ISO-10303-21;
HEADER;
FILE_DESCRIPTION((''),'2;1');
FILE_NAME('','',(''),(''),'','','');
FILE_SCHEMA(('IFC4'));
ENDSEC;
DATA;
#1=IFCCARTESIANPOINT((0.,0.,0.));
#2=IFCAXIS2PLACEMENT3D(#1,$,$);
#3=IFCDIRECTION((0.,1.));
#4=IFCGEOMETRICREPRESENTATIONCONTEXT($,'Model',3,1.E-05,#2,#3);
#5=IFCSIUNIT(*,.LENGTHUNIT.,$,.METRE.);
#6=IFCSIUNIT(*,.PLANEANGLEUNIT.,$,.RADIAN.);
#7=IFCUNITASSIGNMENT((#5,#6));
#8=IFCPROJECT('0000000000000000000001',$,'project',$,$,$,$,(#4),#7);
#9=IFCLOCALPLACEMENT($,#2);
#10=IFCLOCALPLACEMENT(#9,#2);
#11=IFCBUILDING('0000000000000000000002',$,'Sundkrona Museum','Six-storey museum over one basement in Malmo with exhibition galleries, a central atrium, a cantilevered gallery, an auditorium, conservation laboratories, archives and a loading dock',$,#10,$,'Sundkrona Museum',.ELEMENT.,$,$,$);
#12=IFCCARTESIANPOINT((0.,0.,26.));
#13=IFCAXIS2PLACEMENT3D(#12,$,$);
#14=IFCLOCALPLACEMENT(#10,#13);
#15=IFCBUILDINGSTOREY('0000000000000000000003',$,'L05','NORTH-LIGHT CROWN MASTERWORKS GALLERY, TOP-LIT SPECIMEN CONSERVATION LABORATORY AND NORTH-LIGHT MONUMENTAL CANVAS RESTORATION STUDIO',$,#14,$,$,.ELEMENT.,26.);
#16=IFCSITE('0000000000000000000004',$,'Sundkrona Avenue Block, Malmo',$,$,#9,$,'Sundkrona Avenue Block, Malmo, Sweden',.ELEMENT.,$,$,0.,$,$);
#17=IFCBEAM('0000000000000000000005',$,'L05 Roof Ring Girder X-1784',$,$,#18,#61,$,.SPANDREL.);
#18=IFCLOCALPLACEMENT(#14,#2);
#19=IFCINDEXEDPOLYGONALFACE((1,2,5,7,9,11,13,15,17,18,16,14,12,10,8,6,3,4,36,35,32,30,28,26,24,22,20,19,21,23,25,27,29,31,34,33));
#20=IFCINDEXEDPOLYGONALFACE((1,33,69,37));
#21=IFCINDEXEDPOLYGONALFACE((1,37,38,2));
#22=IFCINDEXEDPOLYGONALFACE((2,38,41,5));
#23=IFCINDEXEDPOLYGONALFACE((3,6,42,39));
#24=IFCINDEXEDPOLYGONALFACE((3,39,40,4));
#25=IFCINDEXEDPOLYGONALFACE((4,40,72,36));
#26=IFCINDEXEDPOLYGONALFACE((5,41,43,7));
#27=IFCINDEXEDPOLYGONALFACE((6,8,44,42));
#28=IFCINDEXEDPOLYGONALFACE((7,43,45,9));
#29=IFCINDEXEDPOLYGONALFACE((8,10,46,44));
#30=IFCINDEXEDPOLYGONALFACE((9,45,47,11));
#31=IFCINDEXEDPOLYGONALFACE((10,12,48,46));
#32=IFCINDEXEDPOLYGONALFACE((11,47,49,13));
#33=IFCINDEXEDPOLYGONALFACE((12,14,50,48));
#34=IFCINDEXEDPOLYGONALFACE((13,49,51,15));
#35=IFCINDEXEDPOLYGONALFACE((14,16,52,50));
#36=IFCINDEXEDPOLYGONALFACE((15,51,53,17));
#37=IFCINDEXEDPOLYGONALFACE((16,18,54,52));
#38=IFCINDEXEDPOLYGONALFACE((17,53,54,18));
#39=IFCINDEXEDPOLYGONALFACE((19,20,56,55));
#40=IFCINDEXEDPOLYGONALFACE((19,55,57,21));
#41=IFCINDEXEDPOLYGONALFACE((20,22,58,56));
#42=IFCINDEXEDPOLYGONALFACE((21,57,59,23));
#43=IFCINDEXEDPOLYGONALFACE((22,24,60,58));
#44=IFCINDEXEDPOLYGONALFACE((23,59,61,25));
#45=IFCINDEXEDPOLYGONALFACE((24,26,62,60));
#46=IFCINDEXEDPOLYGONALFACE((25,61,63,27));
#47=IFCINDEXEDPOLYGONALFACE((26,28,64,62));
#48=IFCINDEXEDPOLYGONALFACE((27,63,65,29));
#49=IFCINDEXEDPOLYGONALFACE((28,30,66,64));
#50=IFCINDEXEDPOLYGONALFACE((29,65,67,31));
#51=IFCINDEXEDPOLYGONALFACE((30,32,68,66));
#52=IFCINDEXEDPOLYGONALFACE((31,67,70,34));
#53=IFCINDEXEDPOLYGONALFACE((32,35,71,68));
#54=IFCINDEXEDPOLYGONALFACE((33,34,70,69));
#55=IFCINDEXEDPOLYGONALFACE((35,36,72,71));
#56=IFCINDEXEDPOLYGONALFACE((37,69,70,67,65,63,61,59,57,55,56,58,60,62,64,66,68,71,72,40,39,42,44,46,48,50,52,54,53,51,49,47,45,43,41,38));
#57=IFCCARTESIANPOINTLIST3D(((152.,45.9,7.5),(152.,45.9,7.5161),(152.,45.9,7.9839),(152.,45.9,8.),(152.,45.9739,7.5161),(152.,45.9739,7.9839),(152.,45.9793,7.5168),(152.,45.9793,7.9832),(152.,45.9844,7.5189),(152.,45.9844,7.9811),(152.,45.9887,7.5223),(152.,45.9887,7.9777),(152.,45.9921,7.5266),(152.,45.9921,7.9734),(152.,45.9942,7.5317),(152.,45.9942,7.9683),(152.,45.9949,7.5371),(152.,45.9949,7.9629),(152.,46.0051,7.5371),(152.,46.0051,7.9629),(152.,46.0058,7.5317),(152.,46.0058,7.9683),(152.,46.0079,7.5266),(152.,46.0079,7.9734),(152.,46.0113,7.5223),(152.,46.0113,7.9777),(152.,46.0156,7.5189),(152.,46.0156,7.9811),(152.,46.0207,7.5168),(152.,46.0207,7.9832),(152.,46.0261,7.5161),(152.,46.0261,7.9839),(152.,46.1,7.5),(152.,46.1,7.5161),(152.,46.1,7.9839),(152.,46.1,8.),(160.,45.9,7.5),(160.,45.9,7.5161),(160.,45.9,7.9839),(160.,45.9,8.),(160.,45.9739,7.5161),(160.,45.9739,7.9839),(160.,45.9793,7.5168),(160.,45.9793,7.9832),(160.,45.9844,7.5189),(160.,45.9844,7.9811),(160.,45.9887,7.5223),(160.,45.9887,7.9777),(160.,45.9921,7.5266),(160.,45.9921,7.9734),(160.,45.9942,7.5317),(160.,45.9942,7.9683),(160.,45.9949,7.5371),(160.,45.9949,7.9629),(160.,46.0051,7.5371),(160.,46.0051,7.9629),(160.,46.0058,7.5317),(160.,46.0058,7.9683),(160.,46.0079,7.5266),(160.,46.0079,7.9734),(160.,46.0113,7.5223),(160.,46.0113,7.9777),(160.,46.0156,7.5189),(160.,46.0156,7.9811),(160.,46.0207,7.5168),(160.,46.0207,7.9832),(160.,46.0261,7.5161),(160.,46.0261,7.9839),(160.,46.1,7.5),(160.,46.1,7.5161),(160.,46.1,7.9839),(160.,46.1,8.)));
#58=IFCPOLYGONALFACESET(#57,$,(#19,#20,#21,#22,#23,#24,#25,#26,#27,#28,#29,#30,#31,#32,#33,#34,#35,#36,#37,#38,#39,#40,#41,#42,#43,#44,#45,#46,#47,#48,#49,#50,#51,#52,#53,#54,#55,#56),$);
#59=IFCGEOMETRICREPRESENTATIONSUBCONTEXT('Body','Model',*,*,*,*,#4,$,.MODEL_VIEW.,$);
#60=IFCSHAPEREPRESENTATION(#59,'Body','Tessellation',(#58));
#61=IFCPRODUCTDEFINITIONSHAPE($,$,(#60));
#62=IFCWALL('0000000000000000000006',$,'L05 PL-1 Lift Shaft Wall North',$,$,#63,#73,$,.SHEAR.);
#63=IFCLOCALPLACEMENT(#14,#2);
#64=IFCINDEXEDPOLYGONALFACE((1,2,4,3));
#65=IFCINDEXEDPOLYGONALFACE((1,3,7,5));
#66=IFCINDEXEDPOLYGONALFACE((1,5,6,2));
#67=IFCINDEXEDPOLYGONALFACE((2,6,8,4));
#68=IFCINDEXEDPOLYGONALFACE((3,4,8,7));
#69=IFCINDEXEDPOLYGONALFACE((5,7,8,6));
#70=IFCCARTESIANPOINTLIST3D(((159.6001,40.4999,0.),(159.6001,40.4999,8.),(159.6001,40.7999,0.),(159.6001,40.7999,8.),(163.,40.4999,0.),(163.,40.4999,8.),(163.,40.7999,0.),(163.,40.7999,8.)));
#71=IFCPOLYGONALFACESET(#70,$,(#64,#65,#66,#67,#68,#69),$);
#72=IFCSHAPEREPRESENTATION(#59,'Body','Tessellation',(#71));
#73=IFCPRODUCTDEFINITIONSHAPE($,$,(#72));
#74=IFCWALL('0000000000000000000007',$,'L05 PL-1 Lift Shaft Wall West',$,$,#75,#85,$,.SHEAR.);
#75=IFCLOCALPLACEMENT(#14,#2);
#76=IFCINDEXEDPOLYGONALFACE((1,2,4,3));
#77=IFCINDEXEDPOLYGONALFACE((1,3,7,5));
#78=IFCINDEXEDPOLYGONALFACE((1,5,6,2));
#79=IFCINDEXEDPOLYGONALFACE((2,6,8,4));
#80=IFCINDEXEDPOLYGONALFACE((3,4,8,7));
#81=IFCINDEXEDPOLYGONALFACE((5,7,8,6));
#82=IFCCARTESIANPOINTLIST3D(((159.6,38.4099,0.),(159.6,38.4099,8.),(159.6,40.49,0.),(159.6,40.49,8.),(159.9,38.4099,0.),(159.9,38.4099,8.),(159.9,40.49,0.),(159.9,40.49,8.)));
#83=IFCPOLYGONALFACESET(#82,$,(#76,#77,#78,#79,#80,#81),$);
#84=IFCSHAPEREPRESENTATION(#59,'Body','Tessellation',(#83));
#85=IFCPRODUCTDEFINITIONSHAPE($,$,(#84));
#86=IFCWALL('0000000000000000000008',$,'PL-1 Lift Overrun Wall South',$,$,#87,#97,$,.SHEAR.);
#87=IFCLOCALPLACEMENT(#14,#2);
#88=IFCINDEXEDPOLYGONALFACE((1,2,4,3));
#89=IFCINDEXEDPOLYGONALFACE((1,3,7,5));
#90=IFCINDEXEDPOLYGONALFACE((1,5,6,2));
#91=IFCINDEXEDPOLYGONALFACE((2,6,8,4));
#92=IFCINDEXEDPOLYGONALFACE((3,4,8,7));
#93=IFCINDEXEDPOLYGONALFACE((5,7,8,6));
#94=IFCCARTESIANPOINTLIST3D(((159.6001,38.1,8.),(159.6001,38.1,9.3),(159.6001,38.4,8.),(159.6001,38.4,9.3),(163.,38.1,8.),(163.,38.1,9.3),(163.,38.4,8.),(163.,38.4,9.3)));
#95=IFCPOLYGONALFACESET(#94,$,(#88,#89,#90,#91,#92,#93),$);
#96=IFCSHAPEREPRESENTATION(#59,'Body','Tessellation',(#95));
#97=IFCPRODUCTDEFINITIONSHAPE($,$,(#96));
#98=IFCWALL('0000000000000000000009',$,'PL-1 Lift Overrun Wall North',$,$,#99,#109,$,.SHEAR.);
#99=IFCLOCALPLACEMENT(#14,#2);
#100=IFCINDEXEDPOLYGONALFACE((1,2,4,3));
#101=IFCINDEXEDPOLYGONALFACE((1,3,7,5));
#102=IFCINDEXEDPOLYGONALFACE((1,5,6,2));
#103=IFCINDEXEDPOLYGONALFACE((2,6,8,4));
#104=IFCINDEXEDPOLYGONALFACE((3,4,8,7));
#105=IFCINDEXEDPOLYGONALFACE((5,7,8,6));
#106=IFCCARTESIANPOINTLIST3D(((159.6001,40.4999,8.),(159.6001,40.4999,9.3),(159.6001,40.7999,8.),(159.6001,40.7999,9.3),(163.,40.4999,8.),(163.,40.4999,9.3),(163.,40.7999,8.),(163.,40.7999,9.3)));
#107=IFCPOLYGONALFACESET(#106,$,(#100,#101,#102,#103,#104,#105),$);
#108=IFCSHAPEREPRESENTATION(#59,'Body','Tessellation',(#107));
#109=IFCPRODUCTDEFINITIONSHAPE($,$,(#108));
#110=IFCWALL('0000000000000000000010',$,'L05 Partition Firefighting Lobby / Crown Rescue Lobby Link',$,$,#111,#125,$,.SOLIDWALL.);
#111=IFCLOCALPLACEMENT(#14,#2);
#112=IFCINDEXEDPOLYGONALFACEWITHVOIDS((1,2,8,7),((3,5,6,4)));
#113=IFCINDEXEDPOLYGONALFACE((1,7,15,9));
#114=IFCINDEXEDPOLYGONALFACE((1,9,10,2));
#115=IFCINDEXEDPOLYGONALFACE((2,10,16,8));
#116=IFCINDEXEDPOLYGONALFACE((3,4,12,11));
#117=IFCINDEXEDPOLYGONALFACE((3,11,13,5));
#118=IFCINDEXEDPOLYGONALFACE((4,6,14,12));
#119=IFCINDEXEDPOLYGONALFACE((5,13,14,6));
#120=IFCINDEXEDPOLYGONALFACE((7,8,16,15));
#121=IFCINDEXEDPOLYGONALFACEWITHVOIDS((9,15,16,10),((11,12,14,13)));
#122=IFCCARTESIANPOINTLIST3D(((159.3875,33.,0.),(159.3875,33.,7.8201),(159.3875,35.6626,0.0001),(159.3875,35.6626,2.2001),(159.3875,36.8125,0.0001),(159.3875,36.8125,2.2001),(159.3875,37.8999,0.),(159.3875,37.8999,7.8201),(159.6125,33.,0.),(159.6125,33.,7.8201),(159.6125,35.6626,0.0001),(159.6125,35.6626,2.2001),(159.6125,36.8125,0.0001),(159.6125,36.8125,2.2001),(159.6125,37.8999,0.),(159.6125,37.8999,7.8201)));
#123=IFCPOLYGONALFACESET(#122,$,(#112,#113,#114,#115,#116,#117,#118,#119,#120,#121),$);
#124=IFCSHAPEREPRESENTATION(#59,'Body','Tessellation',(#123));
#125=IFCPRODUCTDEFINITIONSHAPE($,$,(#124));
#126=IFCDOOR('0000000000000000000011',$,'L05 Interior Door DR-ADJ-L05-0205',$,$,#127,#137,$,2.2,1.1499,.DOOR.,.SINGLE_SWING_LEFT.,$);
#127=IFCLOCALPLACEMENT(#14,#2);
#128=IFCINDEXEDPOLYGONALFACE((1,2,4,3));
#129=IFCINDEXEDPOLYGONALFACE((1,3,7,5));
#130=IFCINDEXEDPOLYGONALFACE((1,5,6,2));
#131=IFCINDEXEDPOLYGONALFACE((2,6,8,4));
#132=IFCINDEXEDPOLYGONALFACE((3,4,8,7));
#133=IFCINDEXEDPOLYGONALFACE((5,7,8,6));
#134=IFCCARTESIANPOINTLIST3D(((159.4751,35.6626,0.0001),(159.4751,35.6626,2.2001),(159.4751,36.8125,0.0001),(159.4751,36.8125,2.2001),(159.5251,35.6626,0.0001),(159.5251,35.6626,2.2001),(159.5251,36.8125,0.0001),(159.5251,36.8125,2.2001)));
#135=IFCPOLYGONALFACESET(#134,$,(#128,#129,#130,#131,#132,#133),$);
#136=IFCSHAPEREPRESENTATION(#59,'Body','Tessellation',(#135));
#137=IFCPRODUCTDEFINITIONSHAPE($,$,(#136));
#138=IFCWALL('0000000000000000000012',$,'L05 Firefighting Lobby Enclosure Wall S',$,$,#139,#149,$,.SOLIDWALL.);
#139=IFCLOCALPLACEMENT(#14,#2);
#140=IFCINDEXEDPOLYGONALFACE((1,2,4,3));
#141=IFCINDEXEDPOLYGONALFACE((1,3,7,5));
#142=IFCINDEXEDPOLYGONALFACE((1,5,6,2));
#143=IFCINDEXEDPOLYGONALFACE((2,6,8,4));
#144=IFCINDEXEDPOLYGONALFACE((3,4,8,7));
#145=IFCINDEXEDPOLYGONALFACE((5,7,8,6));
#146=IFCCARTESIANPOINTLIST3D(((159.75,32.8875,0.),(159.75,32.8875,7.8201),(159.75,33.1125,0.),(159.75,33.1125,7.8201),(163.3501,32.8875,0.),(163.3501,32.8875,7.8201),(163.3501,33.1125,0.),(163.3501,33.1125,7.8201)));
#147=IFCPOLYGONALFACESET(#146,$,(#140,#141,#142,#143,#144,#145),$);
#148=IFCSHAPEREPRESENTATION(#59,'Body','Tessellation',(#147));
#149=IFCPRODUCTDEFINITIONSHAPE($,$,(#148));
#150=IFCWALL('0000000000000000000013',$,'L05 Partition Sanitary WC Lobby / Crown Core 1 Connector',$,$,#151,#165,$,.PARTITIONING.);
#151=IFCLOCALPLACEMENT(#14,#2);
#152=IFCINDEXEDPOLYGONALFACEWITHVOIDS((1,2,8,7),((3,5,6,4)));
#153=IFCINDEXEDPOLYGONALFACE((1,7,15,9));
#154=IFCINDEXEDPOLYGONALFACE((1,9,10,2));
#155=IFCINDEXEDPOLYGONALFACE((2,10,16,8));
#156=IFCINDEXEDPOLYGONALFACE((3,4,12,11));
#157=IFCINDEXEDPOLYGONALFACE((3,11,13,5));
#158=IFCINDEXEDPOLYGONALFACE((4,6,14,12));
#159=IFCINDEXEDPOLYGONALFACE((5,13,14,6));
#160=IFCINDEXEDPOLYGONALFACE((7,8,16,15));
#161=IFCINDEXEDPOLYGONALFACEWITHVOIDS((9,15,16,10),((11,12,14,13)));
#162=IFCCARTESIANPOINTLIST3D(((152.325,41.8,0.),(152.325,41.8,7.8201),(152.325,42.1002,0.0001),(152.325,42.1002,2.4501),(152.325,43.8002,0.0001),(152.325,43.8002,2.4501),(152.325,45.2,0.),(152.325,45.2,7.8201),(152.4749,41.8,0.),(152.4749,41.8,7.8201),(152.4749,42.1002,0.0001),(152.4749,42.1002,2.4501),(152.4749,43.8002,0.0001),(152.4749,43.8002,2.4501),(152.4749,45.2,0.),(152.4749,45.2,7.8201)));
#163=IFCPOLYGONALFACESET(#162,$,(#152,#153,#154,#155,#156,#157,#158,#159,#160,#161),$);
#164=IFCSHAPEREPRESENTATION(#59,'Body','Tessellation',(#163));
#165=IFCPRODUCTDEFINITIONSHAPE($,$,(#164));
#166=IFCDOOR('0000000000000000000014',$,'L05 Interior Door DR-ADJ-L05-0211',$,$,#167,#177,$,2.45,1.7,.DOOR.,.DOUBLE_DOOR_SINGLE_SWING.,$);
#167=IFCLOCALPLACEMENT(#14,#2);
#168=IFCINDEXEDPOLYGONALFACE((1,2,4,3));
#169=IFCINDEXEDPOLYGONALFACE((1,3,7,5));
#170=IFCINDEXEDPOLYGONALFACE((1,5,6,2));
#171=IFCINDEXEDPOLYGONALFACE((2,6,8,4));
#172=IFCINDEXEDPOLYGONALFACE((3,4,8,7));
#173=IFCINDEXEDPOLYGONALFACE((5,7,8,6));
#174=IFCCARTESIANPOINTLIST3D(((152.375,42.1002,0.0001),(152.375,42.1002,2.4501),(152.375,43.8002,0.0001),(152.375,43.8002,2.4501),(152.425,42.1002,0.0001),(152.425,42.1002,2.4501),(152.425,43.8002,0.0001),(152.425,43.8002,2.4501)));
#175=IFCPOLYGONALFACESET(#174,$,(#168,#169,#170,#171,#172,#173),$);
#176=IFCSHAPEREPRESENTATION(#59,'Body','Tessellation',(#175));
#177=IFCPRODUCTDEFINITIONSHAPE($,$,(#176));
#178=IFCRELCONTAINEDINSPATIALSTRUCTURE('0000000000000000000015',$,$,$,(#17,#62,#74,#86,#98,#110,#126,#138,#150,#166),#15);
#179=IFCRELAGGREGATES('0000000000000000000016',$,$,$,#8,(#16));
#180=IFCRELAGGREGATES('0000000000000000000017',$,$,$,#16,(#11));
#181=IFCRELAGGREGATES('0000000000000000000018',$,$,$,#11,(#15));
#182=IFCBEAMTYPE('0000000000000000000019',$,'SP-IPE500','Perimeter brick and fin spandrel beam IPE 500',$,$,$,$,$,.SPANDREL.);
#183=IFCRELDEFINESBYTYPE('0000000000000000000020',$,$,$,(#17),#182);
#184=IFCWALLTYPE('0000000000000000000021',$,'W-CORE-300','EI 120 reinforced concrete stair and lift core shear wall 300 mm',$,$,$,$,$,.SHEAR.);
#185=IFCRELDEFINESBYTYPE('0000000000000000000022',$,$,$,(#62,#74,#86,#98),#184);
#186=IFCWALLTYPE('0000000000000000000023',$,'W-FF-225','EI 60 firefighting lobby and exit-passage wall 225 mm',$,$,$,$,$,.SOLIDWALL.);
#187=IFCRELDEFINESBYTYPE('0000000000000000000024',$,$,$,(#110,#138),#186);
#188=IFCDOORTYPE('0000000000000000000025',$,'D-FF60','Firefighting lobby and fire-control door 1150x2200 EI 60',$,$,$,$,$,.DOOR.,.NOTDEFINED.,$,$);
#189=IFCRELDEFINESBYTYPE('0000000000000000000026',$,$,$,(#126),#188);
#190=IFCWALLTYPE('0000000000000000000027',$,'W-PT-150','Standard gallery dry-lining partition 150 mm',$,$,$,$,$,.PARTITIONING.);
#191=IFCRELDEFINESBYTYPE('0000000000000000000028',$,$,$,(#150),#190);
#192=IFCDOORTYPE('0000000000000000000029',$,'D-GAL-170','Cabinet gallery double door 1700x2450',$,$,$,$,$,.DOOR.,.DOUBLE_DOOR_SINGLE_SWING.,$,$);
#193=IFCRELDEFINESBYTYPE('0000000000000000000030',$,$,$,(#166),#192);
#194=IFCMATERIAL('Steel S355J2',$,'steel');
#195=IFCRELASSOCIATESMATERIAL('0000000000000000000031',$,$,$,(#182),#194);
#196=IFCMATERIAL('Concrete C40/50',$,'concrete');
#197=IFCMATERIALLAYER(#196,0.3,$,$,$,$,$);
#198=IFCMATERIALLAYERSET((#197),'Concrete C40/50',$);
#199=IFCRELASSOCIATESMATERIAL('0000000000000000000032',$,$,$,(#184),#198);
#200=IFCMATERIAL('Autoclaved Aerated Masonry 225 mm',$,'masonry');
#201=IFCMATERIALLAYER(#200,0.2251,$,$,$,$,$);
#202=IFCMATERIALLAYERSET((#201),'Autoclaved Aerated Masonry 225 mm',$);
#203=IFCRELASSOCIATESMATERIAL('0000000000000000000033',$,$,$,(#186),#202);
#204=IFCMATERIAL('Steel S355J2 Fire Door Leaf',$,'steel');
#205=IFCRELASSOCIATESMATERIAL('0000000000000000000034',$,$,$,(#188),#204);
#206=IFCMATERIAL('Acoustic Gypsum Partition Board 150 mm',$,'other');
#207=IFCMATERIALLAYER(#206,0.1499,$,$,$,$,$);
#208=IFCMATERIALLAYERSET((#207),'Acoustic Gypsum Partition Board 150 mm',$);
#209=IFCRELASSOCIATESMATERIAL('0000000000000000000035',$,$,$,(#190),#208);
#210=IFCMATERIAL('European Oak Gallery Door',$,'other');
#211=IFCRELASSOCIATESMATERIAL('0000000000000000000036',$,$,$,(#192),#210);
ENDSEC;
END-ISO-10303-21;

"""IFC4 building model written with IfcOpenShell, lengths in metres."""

from ifc_helpers import new_model, si_unit, direction, frame, frame_2d, origin, origin_2d, place, context, subcontext, project, spatial, rectangle, i_section, extrude, material, layer, layer_set, material_profile, profile_set, type_object, element, fill, save


model = new_model("IFC4")

# Units and contexts
model_context = context("Model", 3, precision=1e-05, world=origin(), true_north=direction((0.0, 1.0)))
body_context = subcontext(model_context, "Body", "Model", "MODEL_VIEW")
ifc_project = project(units=[si_unit("LENGTHUNIT", "METRE"), si_unit("PLANEANGLEUNIT", "RADIAN")], contexts=[model_context])

# Site, building, storey
site_placement = place(None, origin())
site = spatial("IfcSite", under=ifc_project, at=site_placement, Name="Sundkrona Avenue Block, Malmo", LongName="Sundkrona Avenue Block, Malmo, Sweden", CompositionType="ELEMENT", RefElevation=0.0)
building_placement = place(site_placement, origin())
building = spatial("IfcBuilding", under=site, at=building_placement, Name="Sundkrona Museum", Description="Six-storey museum over one basement in Malmo with exhibition galleries, a central atrium, a cantilevered gallery, an auditorium, conservation laboratories, archives and a loading dock", LongName="Sundkrona Museum", CompositionType="ELEMENT")
storey_placement = place(building_placement, frame((0.0, 0.0, 26.0)))
storey = spatial("IfcBuildingStorey", under=building, at=storey_placement, Name="L05", Description="NORTH-LIGHT CROWN MASTERWORKS GALLERY, TOP-LIT SPECIMEN CONSERVATION LABORATORY AND NORTH-LIGHT MONUMENTAL CANVAS RESTORATION STUDIO", CompositionType="ELEMENT", Elevation=26.0)

# Beam
ifc_material_1 = material(Name="Steel S355J2", Category="steel")
ifc_material_profile = material_profile(ifc_material_1, i_section(OverallWidth=0.2, OverallDepth=0.5, WebThickness=0.0103, FlangeThickness=0.0161, FilletRadius=0.021, at=origin_2d()), Name="IPE 500")
ifc_profile_set = profile_set([ifc_material_profile], Name="Steel S355J2")
beam_type = type_object("IfcBeamType", Name="SP-IPE500", Description="Perimeter brick and fin spandrel beam IPE 500", PredefinedType="SPANDREL", material=ifc_profile_set)
beam_placement = place(storey_placement, frame((152.0, 46.0, 7.75), z_axis=(1.0, 0.0, 0.0), x_axis=(0.0, 1.0, 0.0)))
element("IfcBeam", 1, at=beam_placement, inside=storey, type_object=beam_type, Name="L05 Roof Ring Girder X-1784", PredefinedType="SPANDREL", context=body_context, shape_type="SweptSolid", body=[
    extrude(i_section(OverallWidth=0.2, OverallDepth=0.5, WebThickness=0.0103, FlangeThickness=0.0161, FilletRadius=0.021, at=origin_2d()), origin(), (0.0, 0.0, 1.0), 8.0),
])

# Shared definitions
ifc_material_2 = material(Name="Concrete C40/50", Category="concrete")
ifc_layer_1 = layer(ifc_material_2, 0.3)
ifc_layer_set_1 = layer_set([ifc_layer_1], Name="Concrete C40/50")
wall_type_1 = type_object("IfcWallType", Name="W-CORE-300", Description="EI 120 reinforced concrete stair and lift core shear wall 300 mm", PredefinedType="SHEAR", material=ifc_layer_set_1)

# Walls
wall_1_placement = place(storey_placement, frame((159.6001, 40.6499, 0.0), z_axis=(0.0, 0.0, 1.0), x_axis=(1.0, 0.0, 0.0)))
element("IfcWall", 2, at=wall_1_placement, inside=storey, type_object=wall_type_1, Name="L05 PL-1 Lift Shaft Wall North", PredefinedType="SHEAR", context=body_context, shape_type="SweptSolid", body=[
    extrude(rectangle(XDim=3.3999, YDim=0.3, at=frame_2d((1.7, 0.0))), origin(), (0.0, 0.0, 1.0), 8.0),
])
wall_2_placement = place(storey_placement, frame((159.75, 38.4099, 0.0), z_axis=(0.0, 0.0, 1.0), x_axis=(0.0, 1.0, 0.0)))
element("IfcWall", 3, at=wall_2_placement, inside=storey, type_object=wall_type_1, Name="L05 PL-1 Lift Shaft Wall West", PredefinedType="SHEAR", context=body_context, shape_type="SweptSolid", body=[
    extrude(rectangle(XDim=2.0801, YDim=0.3, at=frame_2d((1.04, 0.0))), origin(), (0.0, 0.0, 1.0), 8.0),
])
for number, where, z_axis, x_axis, name in (
    (4, (159.6001, 38.25, 8.0), (0.0, 0.0, 1.0), (1.0, 0.0, 0.0), "PL-1 Lift Overrun Wall South"),
    (5, (159.6001, 40.6499, 8.0), (0.0, 0.0, 1.0), (1.0, 0.0, 0.0), "PL-1 Lift Overrun Wall North"),
):
    element("IfcWall", number, at=place(storey_placement, frame(where, z_axis=z_axis, x_axis=x_axis)), inside=storey, type_object=wall_type_1, Name=name, PredefinedType="SHEAR", context=body_context, shape_type="SweptSolid", body=[
        extrude(rectangle(XDim=3.3999, YDim=0.3, at=frame_2d((1.7, 0.0))), origin(), (0.0, 0.0, 1.0), 1.3),
    ])

# Wall, opening, door
ifc_material_3 = material(Name="Autoclaved Aerated Masonry 225 mm", Category="masonry")
ifc_layer_2 = layer(ifc_material_3, 0.2251)
ifc_layer_set_2 = layer_set([ifc_layer_2], Name="Autoclaved Aerated Masonry 225 mm")
wall_type_2 = type_object("IfcWallType", Name="W-FF-225", Description="EI 60 firefighting lobby and exit-passage wall 225 mm", PredefinedType="SOLIDWALL", material=ifc_layer_set_2)
wall_3_placement = place(storey_placement, frame((159.5, 33.0, 0.0), z_axis=(0.0, 0.0, 1.0), x_axis=(0.0, 1.0, 0.0)))
wall_3 = element("IfcWall", 6, at=wall_3_placement, inside=storey, type_object=wall_type_2, Name="L05 Partition Firefighting Lobby / Crown Rescue Lobby Link", PredefinedType="SOLIDWALL", context=body_context, shape_type="SweptSolid", body=[
    extrude(rectangle(XDim=4.8999, YDim=0.2251, at=frame_2d((2.45, 0.0))), origin(), (0.0, 0.0, 1.0), 7.8201),
])
opening_1_placement = place(wall_3_placement, frame((2.6626, 0.0, 0.0)))
opening_1 = element("IfcOpeningElement", 7, at=opening_1_placement, cuts=wall_3, PredefinedType="OPENING", context=body_context, shape_type="SweptSolid", body=[
    extrude(rectangle(XDim=1.1499, YDim=2.2, at=frame_2d((0.575, 1.1001))), frame((0.0, 0.1226, 0.0), z_axis=(0.0, -1.0, 0.0), x_axis=(1.0, 0.0, 0.0)), (0.0, 0.0, 1.0), 0.2451),
])
ifc_material_4 = material(Name="Steel S355J2 Fire Door Leaf", Category="steel")
door_type_1 = type_object("IfcDoorType", Name="D-FF60", Description="Firefighting lobby and fire-control door 1150x2200 EI 60", OperationType="NOTDEFINED", PredefinedType="DOOR", material=ifc_material_4)
door_1_placement = place(opening_1_placement, origin())
door_1 = element("IfcDoor", 8, at=door_1_placement, inside=storey, type_object=door_type_1, Name="L05 Interior Door DR-ADJ-L05-0205", OperationType="SINGLE_SWING_LEFT", OverallHeight=2.2, OverallWidth=1.1499, PredefinedType="DOOR", context=body_context, shape_type="SweptSolid", body=[
    extrude(rectangle(XDim=1.1499, YDim=2.2, at=frame_2d((0.575, 1.1001))), frame((0.0, 0.0249, 0.0), z_axis=(0.0, -1.0, 0.0), x_axis=(1.0, 0.0, 0.0)), (0.0, 0.0, 1.0), 0.05),
])
fill(opening_1, door_1)

# Wall
wall_4_placement = place(storey_placement, frame((159.75, 33.0, 0.0), z_axis=(0.0, 0.0, 1.0), x_axis=(1.0, 0.0, 0.0)))
element("IfcWall", 9, at=wall_4_placement, inside=storey, type_object=wall_type_2, Name="L05 Firefighting Lobby Enclosure Wall S", PredefinedType="SOLIDWALL", context=body_context, shape_type="SweptSolid", body=[
    extrude(rectangle(XDim=3.6001, YDim=0.2251, at=frame_2d((1.8, 0.0))), origin(), (0.0, 0.0, 1.0), 7.8201),
])

# Wall, opening, door
ifc_material_5 = material(Name="Acoustic Gypsum Partition Board 150 mm", Category="other")
ifc_layer_3 = layer(ifc_material_5, 0.1499)
ifc_layer_set_3 = layer_set([ifc_layer_3], Name="Acoustic Gypsum Partition Board 150 mm")
wall_type_3 = type_object("IfcWallType", Name="W-PT-150", Description="Standard gallery dry-lining partition 150 mm", PredefinedType="PARTITIONING", material=ifc_layer_set_3)
wall_5_placement = place(storey_placement, frame((152.3999, 41.8, 0.0), z_axis=(0.0, 0.0, 1.0), x_axis=(0.0, 1.0, 0.0)))
wall_5 = element("IfcWall", 10, at=wall_5_placement, inside=storey, type_object=wall_type_3, Name="L05 Partition Sanitary WC Lobby / Crown Core 1 Connector", PredefinedType="PARTITIONING", context=body_context, shape_type="SweptSolid", body=[
    extrude(rectangle(XDim=3.3999, YDim=0.1499, at=frame_2d((1.7, 0.0))), origin(), (0.0, 0.0, 1.0), 7.8201),
])
opening_2_placement = place(wall_5_placement, frame((0.3, 0.0, 0.0)))
opening_2 = element("IfcOpeningElement", 11, at=opening_2_placement, cuts=wall_5, PredefinedType="OPENING", context=body_context, shape_type="SweptSolid", body=[
    extrude(rectangle(XDim=1.7, YDim=2.45, at=frame_2d((0.8501, 1.2251))), frame((0.0, 0.085, 0.0), z_axis=(0.0, -1.0, 0.0), x_axis=(1.0, 0.0, 0.0)), (0.0, 0.0, 1.0), 0.1699),
])
ifc_material_6 = material(Name="European Oak Gallery Door", Category="other")
door_type_2 = type_object("IfcDoorType", Name="D-GAL-170", Description="Cabinet gallery double door 1700x2450", OperationType="DOUBLE_DOOR_SINGLE_SWING", PredefinedType="DOOR", material=ifc_material_6)
door_2_placement = place(opening_2_placement, origin())
door_2 = element("IfcDoor", 12, at=door_2_placement, inside=storey, type_object=door_type_2, Name="L05 Interior Door DR-ADJ-L05-0211", OperationType="DOUBLE_DOOR_SINGLE_SWING", OverallHeight=2.45, OverallWidth=1.7, PredefinedType="DOOR", context=body_context, shape_type="SweptSolid", body=[
    extrude(rectangle(XDim=1.7, YDim=2.45, at=frame_2d((0.8501, 1.2251))), frame((0.0, 0.0249, 0.0), z_axis=(0.0, -1.0, 0.0), x_axis=(1.0, 0.0, 0.0)), (0.0, 0.0, 1.0), 0.05),
])
fill(opening_2, door_2)

save(model, "model.ifc")
